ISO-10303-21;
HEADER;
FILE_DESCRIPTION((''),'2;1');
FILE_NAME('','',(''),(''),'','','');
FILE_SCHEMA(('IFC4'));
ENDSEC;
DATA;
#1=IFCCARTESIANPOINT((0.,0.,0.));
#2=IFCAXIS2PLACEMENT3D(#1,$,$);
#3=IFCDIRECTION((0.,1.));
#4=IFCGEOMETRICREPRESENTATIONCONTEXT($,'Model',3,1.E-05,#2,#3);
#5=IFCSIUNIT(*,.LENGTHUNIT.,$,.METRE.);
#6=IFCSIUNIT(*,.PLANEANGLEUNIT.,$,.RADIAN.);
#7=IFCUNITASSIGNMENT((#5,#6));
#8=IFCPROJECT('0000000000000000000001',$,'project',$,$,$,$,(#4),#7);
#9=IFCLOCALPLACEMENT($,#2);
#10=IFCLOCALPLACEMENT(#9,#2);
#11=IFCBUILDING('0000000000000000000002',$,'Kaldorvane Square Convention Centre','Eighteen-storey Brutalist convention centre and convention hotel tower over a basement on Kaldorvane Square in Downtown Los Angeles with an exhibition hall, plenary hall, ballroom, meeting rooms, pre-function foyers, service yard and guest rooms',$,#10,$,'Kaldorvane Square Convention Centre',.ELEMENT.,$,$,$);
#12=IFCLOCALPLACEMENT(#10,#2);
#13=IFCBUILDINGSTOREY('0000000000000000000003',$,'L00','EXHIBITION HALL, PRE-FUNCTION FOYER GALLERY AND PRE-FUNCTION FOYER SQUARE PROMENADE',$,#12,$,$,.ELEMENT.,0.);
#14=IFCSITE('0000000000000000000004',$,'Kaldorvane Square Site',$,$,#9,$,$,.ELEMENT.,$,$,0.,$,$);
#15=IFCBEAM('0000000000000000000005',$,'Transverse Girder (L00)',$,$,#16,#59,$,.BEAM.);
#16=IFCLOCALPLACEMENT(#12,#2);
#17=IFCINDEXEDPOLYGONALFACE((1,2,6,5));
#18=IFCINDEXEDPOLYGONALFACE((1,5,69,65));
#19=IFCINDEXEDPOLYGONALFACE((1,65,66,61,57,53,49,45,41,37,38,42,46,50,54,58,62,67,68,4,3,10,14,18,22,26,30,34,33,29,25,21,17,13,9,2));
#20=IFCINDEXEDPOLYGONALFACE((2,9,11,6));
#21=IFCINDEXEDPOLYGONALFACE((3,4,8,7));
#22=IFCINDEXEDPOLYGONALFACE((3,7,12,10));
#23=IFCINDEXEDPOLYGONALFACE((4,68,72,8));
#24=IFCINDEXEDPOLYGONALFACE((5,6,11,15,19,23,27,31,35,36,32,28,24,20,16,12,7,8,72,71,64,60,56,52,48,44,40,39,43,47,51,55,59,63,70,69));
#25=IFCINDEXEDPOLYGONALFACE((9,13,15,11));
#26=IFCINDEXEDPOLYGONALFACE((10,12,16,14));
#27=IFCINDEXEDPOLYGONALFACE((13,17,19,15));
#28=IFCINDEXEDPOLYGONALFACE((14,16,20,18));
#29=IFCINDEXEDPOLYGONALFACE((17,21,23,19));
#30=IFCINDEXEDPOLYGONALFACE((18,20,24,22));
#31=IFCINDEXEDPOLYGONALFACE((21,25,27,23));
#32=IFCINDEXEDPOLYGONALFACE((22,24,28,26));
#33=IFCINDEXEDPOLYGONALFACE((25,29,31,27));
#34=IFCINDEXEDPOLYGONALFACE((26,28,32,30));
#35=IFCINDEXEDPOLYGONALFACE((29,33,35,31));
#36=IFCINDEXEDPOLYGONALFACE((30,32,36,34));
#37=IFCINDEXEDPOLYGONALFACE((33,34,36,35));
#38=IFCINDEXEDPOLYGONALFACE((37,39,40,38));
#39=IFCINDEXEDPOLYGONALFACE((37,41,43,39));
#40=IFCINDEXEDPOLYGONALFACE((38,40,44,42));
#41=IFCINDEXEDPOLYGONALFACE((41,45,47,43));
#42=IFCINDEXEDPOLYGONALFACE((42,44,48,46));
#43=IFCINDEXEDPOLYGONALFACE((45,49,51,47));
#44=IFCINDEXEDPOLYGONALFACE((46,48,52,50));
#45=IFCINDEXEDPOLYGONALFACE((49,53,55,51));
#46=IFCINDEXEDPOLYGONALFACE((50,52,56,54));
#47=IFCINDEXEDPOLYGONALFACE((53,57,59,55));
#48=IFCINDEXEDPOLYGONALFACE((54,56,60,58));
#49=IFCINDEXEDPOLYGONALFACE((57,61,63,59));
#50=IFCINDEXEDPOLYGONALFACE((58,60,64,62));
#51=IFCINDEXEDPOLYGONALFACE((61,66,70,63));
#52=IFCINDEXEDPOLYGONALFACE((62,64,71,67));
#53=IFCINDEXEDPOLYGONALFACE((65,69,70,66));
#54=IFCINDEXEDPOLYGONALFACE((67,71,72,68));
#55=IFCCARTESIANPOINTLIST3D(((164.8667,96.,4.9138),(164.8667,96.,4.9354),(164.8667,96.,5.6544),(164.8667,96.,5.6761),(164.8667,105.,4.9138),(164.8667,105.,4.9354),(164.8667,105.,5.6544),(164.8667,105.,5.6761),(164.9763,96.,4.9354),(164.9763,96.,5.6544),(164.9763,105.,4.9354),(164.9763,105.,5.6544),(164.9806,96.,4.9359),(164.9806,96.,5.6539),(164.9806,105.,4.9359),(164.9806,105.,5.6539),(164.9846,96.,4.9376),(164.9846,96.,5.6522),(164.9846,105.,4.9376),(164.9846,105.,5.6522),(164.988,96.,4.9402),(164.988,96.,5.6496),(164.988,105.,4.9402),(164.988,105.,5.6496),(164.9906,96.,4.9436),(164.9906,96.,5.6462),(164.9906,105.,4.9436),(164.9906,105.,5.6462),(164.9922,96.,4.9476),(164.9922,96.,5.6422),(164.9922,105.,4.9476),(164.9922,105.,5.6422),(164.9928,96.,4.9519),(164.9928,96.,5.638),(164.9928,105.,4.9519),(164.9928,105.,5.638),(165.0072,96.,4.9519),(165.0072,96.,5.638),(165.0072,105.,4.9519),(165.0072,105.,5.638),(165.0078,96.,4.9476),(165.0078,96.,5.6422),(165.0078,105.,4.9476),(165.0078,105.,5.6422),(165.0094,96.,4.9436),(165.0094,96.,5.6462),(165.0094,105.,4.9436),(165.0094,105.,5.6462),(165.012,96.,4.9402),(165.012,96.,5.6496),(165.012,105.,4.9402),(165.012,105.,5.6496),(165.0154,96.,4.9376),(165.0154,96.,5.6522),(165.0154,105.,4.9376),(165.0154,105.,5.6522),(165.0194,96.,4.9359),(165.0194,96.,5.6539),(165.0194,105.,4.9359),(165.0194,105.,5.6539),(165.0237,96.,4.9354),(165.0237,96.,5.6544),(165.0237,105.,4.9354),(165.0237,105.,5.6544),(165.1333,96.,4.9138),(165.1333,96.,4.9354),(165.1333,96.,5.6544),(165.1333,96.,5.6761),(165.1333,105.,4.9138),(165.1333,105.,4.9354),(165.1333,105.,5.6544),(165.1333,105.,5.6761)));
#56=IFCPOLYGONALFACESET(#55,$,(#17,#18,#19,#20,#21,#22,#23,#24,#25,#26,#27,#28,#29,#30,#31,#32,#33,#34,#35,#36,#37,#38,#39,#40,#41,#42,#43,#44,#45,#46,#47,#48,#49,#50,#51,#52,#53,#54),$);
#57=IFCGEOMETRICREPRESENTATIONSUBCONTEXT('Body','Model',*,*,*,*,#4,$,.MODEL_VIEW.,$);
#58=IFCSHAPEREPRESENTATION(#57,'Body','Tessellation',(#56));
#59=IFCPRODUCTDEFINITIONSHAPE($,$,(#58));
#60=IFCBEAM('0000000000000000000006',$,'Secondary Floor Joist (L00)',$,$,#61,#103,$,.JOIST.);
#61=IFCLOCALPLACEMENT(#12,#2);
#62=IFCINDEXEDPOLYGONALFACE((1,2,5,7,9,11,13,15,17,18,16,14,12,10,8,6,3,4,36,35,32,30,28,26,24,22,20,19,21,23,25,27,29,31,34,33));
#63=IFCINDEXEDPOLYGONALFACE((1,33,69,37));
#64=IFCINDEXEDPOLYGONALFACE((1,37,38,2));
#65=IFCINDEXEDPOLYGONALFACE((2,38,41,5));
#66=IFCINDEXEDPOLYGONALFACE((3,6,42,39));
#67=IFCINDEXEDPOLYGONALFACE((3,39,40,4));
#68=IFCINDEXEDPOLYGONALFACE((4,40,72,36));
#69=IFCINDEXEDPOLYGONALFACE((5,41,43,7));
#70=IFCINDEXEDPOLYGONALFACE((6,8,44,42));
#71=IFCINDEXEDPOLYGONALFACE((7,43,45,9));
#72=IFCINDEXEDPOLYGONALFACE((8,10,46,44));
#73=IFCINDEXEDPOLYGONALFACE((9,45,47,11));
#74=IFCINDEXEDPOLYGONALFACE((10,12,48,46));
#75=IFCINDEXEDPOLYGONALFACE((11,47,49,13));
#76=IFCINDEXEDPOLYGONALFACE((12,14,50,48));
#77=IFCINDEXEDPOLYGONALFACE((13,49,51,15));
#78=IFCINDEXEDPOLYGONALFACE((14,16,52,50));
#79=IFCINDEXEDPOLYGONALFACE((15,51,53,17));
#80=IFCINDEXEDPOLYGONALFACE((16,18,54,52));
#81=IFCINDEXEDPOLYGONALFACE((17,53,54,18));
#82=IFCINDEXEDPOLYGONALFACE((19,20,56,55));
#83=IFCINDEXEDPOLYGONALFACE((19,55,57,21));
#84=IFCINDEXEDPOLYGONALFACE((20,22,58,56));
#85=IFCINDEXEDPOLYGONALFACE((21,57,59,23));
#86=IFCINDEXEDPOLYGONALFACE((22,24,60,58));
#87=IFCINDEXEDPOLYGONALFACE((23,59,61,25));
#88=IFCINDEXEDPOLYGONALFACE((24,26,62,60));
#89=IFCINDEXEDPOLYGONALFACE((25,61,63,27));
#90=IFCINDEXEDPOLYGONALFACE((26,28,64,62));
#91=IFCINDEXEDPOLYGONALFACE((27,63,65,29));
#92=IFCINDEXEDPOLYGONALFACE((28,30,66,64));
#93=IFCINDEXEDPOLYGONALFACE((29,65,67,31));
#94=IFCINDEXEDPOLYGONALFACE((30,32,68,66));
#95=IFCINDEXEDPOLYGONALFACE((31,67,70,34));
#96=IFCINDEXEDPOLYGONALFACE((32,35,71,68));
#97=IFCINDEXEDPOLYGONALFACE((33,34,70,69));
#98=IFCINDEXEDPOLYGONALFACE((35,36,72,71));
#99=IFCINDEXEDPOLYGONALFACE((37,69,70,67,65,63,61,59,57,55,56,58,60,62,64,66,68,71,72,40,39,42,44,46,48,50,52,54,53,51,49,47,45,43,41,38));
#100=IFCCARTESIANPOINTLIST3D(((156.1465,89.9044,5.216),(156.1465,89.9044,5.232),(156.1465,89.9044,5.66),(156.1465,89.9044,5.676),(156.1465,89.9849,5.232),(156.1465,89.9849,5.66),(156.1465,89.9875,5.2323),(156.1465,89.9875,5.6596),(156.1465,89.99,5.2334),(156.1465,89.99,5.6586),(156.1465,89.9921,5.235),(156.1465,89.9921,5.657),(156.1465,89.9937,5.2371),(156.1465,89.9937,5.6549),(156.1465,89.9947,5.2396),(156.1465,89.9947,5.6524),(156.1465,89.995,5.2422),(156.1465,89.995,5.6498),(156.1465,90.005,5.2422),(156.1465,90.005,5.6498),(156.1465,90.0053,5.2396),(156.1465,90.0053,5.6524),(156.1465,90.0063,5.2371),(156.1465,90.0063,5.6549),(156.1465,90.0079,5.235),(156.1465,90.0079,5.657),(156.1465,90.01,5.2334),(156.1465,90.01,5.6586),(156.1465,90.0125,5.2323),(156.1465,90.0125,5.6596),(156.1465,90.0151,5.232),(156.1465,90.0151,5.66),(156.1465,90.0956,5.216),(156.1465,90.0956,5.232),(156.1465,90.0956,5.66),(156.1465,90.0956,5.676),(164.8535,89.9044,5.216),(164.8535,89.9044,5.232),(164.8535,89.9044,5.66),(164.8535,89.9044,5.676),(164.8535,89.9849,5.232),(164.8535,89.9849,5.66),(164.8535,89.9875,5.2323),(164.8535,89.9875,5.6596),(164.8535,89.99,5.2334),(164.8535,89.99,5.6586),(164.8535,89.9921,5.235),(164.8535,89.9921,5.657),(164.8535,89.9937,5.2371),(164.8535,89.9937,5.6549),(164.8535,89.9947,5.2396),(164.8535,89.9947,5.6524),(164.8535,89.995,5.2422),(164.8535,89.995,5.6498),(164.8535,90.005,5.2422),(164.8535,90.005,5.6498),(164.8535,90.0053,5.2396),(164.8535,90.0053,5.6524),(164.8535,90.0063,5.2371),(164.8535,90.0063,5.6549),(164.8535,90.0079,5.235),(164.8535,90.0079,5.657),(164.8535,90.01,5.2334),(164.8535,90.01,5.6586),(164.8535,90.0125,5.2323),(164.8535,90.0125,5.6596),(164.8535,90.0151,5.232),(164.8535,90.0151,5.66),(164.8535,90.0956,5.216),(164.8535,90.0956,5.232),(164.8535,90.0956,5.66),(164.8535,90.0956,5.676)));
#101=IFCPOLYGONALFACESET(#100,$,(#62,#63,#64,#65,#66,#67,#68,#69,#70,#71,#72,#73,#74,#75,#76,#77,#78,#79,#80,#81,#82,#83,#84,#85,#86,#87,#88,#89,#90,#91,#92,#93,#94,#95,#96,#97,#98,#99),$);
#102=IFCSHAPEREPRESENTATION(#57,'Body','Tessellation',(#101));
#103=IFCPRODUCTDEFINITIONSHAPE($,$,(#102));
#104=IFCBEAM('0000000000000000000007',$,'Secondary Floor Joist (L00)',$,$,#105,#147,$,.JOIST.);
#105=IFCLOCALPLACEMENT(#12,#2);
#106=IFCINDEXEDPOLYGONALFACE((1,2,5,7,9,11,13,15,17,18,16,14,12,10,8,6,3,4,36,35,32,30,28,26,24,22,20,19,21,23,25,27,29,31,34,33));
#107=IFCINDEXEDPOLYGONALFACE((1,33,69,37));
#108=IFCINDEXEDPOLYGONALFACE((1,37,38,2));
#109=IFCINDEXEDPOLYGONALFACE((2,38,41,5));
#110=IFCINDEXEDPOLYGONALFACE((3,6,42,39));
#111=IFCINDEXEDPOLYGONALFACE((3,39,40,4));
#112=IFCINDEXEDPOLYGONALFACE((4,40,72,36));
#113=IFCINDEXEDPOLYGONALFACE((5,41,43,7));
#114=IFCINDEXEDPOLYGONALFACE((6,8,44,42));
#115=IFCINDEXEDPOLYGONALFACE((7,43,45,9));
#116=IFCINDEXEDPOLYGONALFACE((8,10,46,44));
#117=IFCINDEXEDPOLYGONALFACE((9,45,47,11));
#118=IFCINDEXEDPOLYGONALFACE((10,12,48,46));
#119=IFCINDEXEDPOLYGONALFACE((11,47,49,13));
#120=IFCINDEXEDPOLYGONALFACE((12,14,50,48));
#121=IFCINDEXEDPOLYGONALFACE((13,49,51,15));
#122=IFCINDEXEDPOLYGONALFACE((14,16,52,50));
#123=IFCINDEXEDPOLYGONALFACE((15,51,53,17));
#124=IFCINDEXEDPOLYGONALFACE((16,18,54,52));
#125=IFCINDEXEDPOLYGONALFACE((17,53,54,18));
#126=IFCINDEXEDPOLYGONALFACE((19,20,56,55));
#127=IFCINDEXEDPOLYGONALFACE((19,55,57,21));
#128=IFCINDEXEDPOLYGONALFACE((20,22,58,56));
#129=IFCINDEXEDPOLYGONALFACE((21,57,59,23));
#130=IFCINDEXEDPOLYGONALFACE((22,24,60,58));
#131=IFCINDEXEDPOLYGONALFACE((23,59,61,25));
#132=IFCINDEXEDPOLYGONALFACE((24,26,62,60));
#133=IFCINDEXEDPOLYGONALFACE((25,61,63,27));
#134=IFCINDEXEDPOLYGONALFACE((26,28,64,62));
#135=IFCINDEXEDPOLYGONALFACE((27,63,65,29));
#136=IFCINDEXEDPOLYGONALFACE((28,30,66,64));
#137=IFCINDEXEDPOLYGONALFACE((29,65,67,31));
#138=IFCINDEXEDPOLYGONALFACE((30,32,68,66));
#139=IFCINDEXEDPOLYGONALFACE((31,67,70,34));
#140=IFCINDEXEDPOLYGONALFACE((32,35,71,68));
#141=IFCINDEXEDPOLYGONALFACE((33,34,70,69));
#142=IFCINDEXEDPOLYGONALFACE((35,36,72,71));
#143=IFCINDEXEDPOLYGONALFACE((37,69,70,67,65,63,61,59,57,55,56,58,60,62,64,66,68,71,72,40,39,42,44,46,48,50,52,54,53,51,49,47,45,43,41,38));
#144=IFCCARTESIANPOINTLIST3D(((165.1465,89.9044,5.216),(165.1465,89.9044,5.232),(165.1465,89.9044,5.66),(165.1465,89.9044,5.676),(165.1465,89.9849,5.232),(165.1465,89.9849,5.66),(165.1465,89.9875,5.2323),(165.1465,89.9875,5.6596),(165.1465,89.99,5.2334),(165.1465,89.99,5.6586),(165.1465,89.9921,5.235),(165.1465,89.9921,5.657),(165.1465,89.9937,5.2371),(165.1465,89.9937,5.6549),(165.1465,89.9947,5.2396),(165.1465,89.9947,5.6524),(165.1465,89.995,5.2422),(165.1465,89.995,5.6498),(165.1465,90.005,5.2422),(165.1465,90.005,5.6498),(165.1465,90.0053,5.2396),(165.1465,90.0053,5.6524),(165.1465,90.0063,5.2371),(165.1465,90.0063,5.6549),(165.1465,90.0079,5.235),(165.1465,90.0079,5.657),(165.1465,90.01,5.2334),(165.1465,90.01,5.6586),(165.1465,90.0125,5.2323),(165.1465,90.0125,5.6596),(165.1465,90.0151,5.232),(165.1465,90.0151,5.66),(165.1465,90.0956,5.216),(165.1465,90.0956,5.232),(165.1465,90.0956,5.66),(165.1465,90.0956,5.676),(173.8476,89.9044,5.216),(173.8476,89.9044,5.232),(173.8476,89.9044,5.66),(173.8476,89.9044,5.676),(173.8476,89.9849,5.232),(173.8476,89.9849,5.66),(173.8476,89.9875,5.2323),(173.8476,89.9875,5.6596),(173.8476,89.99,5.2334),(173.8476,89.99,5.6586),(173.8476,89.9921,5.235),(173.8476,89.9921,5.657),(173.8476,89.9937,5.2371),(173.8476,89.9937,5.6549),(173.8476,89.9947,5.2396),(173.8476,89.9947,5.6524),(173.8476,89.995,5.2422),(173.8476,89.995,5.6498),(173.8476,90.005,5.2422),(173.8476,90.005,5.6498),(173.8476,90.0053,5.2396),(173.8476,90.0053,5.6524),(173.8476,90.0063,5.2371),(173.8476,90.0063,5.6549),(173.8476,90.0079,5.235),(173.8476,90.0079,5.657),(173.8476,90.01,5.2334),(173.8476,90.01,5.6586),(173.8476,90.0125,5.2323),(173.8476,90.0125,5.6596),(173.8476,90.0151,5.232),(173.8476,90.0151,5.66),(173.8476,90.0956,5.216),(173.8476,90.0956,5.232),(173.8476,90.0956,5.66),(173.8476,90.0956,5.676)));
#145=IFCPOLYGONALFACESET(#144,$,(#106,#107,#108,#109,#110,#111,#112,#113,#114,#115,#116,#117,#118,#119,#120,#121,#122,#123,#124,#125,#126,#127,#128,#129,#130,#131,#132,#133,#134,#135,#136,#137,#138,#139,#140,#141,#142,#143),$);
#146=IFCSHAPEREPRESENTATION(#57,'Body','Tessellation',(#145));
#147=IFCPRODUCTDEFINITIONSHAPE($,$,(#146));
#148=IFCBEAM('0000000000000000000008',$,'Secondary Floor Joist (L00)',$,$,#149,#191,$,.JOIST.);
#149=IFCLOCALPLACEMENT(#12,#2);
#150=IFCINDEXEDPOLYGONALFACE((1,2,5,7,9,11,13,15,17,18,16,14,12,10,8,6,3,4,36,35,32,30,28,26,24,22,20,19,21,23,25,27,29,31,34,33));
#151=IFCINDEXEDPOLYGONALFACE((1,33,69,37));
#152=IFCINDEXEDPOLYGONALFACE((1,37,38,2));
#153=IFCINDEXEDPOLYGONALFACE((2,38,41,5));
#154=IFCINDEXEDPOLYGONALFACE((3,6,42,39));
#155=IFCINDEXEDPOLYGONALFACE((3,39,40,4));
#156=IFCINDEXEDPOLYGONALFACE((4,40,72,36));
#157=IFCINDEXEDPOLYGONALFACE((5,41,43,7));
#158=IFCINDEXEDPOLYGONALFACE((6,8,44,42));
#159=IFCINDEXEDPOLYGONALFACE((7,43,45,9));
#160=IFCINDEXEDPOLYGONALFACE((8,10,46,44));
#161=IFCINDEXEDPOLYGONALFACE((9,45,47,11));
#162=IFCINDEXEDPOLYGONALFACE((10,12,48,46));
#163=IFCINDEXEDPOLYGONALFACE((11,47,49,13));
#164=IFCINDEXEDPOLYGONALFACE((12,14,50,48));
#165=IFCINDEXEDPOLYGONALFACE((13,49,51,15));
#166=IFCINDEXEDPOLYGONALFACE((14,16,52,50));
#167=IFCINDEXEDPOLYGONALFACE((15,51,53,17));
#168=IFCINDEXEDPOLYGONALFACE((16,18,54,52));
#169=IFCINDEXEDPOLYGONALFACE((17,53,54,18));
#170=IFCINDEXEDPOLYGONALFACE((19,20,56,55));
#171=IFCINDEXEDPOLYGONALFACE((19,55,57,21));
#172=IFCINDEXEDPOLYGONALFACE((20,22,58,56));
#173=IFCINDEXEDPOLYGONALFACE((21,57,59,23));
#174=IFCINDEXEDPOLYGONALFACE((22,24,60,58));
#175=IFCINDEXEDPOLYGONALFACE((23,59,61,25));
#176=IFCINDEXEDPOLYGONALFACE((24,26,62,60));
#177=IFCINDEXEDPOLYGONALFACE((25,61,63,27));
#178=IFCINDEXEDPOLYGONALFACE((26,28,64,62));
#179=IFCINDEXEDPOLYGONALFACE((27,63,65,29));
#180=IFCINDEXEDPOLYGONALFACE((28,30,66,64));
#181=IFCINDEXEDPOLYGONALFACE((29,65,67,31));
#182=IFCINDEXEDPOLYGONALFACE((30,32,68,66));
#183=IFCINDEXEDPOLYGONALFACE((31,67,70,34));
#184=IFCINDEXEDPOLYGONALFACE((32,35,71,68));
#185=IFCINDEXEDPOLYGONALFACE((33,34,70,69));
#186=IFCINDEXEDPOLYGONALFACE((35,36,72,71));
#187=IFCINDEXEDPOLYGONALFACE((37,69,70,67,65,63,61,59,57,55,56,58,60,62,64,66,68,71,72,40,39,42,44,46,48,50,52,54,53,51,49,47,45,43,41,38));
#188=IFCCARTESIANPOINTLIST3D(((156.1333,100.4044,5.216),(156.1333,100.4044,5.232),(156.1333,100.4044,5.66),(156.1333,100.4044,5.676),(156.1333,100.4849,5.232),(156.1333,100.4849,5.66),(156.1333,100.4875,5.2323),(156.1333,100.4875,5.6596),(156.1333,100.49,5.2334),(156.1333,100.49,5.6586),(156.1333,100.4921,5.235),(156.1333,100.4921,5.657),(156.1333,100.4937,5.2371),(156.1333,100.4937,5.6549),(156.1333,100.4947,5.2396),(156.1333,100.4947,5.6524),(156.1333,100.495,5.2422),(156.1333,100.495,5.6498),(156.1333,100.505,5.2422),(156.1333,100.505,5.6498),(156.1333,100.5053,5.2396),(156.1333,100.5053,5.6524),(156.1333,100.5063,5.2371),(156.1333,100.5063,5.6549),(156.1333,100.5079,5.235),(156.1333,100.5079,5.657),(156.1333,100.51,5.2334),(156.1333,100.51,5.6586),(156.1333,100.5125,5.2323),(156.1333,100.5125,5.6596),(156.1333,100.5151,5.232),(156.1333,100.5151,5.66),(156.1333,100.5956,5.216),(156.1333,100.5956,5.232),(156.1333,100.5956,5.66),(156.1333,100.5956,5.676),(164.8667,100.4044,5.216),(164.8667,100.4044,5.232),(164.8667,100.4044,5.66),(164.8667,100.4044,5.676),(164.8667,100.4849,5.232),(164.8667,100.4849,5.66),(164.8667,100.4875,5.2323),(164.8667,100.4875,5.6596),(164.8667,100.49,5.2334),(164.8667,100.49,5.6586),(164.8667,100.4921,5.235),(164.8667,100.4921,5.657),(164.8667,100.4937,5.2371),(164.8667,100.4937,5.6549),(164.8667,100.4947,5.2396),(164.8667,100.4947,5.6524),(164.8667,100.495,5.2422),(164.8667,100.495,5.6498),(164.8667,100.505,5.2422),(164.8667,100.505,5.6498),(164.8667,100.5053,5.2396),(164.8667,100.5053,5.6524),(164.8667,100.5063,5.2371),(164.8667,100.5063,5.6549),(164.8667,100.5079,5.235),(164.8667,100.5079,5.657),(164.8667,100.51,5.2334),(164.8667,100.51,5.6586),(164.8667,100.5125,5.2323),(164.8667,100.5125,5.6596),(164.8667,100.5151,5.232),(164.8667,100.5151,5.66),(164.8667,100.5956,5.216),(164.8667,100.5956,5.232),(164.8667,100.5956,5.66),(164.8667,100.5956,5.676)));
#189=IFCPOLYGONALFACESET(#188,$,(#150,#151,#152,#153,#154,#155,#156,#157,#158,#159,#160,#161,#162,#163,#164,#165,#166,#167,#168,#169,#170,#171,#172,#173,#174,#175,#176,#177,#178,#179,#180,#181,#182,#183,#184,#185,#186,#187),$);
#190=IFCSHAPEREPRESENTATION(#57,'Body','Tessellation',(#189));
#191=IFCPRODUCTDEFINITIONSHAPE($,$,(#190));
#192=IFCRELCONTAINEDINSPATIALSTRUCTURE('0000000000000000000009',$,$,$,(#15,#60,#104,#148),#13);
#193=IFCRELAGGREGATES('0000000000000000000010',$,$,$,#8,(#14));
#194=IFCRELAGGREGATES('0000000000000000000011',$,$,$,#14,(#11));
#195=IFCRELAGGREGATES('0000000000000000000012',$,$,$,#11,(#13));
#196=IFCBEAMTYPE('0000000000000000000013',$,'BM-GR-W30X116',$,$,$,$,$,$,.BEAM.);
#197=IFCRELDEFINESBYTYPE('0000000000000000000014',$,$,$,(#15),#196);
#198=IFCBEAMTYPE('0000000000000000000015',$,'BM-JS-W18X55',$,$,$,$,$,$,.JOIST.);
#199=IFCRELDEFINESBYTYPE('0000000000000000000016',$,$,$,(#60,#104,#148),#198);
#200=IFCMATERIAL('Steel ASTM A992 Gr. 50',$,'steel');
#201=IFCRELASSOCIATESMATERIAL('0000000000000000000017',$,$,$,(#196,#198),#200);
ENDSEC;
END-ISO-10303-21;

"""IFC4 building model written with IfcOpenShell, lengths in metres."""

from ifc_helpers import new_model, si_unit, direction, frame, origin, origin_2d, place, context, subcontext, project, spatial, i_section, extrude, material, material_profile, profile_set, type_object, element, save


model = new_model("IFC4")

# Units and contexts
model_context = context("Model", 3, precision=1e-05, world=origin(), true_north=direction((0.0, 1.0)))
body_context = subcontext(model_context, "Body", "Model", "MODEL_VIEW")
ifc_project = project(units=[si_unit("LENGTHUNIT", "METRE"), si_unit("PLANEANGLEUNIT", "RADIAN")], contexts=[model_context])

# Site, building, storey
site_placement = place(None, origin())
site = spatial("IfcSite", under=ifc_project, at=site_placement, Name="Kaldorvane Square Site", CompositionType="ELEMENT", RefElevation=0.0)
building_placement = place(site_placement, origin())
building = spatial("IfcBuilding", under=site, at=building_placement, Name="Kaldorvane Square Convention Centre", Description="Eighteen-storey Brutalist convention centre and convention hotel tower over a basement on Kaldorvane Square in Downtown Los Angeles with an exhibition hall, plenary hall, ballroom, meeting rooms, pre-function foyers, service yard and guest rooms", LongName="Kaldorvane Square Convention Centre", CompositionType="ELEMENT")
storey_placement = place(building_placement, origin())
storey = spatial("IfcBuildingStorey", under=building, at=storey_placement, Name="L00", Description="EXHIBITION HALL, PRE-FUNCTION FOYER GALLERY AND PRE-FUNCTION FOYER SQUARE PROMENADE", CompositionType="ELEMENT", Elevation=0.0)

# Shared definitions
ifc_material_1 = material(Name="Steel ASTM A992 Gr. 50", Category="steel")

# Beams
ifc_material_profile_1 = material_profile(ifc_material_1, i_section(OverallWidth=0.2666, OverallDepth=0.7623, WebThickness=0.0144, FlangeThickness=0.0216, FilletRadius=0.0165, at=origin_2d()), Name="W30X116")
ifc_profile_set_1 = profile_set([ifc_material_profile_1], Name="Steel ASTM A992 Gr. 50")
beam_type_1 = type_object("IfcBeamType", Name="BM-GR-W30X116", PredefinedType="BEAM", material=ifc_profile_set_1)
for number, where, z_axis, x_axis, name in (
    (1, (165.0, 96.0, 5.2949), (0.0, 1.0, 0.0), (-1.0, 0.0, 0.0), "Transverse Girder (L00)"),
):
    element("IfcBeam", number, at=place(storey_placement, frame(where, z_axis=z_axis, x_axis=x_axis)), inside=storey, type_object=beam_type_1, Name=name, PredefinedType="BEAM", context=body_context, shape_type="SweptSolid", body=[
        extrude(i_section(OverallWidth=0.2666, OverallDepth=0.7623, WebThickness=0.0144, FlangeThickness=0.0216, FilletRadius=0.0165, at=origin_2d()), origin(), (0.0, 0.0, 1.0), 9.0),
    ])
ifc_material_profile_2 = material_profile(ifc_material_1, i_section(OverallWidth=0.1913, OverallDepth=0.46, WebThickness=0.0099, FlangeThickness=0.016, FilletRadius=0.0102, at=origin_2d()), Name="W18X55")
ifc_profile_set_2 = profile_set([ifc_material_profile_2], Name="Steel ASTM A992 Gr. 50")
beam_type_2 = type_object("IfcBeamType", Name="BM-JS-W18X55", PredefinedType="JOIST", material=ifc_profile_set_2)
beam_1_placement = place(storey_placement, frame((156.1465, 90.0, 5.446), z_axis=(1.0, 0.0, 0.0), x_axis=(0.0, 1.0, 0.0)))
element("IfcBeam", 2, at=beam_1_placement, inside=storey, type_object=beam_type_2, Name="Secondary Floor Joist (L00)", PredefinedType="JOIST", context=body_context, shape_type="SweptSolid", body=[
    extrude(i_section(OverallWidth=0.1913, OverallDepth=0.46, WebThickness=0.0099, FlangeThickness=0.016, FilletRadius=0.0102, at=origin_2d()), origin(), (0.0, 0.0, 1.0), 8.707),
])
beam_2_placement = place(storey_placement, frame((165.1465, 90.0, 5.446), z_axis=(1.0, 0.0, 0.0), x_axis=(0.0, 1.0, 0.0)))
element("IfcBeam", 3, at=beam_2_placement, inside=storey, type_object=beam_type_2, Name="Secondary Floor Joist (L00)", PredefinedType="JOIST", context=body_context, shape_type="SweptSolid", body=[
    extrude(i_section(OverallWidth=0.1913, OverallDepth=0.46, WebThickness=0.0099, FlangeThickness=0.016, FilletRadius=0.0102, at=origin_2d()), origin(), (0.0, 0.0, 1.0), 8.7011),
])
beam_3_placement = place(storey_placement, frame((156.1333, 100.5, 5.446), z_axis=(1.0, 0.0, 0.0), x_axis=(0.0, 1.0, 0.0)))
element("IfcBeam", 4, at=beam_3_placement, inside=storey, type_object=beam_type_2, Name="Secondary Floor Joist (L00)", PredefinedType="JOIST", context=body_context, shape_type="SweptSolid", body=[
    extrude(i_section(OverallWidth=0.1913, OverallDepth=0.46, WebThickness=0.0099, FlangeThickness=0.016, FilletRadius=0.0102, at=origin_2d()), origin(), (0.0, 0.0, 1.0), 8.7334),
])

save(model, "model.ifc")
